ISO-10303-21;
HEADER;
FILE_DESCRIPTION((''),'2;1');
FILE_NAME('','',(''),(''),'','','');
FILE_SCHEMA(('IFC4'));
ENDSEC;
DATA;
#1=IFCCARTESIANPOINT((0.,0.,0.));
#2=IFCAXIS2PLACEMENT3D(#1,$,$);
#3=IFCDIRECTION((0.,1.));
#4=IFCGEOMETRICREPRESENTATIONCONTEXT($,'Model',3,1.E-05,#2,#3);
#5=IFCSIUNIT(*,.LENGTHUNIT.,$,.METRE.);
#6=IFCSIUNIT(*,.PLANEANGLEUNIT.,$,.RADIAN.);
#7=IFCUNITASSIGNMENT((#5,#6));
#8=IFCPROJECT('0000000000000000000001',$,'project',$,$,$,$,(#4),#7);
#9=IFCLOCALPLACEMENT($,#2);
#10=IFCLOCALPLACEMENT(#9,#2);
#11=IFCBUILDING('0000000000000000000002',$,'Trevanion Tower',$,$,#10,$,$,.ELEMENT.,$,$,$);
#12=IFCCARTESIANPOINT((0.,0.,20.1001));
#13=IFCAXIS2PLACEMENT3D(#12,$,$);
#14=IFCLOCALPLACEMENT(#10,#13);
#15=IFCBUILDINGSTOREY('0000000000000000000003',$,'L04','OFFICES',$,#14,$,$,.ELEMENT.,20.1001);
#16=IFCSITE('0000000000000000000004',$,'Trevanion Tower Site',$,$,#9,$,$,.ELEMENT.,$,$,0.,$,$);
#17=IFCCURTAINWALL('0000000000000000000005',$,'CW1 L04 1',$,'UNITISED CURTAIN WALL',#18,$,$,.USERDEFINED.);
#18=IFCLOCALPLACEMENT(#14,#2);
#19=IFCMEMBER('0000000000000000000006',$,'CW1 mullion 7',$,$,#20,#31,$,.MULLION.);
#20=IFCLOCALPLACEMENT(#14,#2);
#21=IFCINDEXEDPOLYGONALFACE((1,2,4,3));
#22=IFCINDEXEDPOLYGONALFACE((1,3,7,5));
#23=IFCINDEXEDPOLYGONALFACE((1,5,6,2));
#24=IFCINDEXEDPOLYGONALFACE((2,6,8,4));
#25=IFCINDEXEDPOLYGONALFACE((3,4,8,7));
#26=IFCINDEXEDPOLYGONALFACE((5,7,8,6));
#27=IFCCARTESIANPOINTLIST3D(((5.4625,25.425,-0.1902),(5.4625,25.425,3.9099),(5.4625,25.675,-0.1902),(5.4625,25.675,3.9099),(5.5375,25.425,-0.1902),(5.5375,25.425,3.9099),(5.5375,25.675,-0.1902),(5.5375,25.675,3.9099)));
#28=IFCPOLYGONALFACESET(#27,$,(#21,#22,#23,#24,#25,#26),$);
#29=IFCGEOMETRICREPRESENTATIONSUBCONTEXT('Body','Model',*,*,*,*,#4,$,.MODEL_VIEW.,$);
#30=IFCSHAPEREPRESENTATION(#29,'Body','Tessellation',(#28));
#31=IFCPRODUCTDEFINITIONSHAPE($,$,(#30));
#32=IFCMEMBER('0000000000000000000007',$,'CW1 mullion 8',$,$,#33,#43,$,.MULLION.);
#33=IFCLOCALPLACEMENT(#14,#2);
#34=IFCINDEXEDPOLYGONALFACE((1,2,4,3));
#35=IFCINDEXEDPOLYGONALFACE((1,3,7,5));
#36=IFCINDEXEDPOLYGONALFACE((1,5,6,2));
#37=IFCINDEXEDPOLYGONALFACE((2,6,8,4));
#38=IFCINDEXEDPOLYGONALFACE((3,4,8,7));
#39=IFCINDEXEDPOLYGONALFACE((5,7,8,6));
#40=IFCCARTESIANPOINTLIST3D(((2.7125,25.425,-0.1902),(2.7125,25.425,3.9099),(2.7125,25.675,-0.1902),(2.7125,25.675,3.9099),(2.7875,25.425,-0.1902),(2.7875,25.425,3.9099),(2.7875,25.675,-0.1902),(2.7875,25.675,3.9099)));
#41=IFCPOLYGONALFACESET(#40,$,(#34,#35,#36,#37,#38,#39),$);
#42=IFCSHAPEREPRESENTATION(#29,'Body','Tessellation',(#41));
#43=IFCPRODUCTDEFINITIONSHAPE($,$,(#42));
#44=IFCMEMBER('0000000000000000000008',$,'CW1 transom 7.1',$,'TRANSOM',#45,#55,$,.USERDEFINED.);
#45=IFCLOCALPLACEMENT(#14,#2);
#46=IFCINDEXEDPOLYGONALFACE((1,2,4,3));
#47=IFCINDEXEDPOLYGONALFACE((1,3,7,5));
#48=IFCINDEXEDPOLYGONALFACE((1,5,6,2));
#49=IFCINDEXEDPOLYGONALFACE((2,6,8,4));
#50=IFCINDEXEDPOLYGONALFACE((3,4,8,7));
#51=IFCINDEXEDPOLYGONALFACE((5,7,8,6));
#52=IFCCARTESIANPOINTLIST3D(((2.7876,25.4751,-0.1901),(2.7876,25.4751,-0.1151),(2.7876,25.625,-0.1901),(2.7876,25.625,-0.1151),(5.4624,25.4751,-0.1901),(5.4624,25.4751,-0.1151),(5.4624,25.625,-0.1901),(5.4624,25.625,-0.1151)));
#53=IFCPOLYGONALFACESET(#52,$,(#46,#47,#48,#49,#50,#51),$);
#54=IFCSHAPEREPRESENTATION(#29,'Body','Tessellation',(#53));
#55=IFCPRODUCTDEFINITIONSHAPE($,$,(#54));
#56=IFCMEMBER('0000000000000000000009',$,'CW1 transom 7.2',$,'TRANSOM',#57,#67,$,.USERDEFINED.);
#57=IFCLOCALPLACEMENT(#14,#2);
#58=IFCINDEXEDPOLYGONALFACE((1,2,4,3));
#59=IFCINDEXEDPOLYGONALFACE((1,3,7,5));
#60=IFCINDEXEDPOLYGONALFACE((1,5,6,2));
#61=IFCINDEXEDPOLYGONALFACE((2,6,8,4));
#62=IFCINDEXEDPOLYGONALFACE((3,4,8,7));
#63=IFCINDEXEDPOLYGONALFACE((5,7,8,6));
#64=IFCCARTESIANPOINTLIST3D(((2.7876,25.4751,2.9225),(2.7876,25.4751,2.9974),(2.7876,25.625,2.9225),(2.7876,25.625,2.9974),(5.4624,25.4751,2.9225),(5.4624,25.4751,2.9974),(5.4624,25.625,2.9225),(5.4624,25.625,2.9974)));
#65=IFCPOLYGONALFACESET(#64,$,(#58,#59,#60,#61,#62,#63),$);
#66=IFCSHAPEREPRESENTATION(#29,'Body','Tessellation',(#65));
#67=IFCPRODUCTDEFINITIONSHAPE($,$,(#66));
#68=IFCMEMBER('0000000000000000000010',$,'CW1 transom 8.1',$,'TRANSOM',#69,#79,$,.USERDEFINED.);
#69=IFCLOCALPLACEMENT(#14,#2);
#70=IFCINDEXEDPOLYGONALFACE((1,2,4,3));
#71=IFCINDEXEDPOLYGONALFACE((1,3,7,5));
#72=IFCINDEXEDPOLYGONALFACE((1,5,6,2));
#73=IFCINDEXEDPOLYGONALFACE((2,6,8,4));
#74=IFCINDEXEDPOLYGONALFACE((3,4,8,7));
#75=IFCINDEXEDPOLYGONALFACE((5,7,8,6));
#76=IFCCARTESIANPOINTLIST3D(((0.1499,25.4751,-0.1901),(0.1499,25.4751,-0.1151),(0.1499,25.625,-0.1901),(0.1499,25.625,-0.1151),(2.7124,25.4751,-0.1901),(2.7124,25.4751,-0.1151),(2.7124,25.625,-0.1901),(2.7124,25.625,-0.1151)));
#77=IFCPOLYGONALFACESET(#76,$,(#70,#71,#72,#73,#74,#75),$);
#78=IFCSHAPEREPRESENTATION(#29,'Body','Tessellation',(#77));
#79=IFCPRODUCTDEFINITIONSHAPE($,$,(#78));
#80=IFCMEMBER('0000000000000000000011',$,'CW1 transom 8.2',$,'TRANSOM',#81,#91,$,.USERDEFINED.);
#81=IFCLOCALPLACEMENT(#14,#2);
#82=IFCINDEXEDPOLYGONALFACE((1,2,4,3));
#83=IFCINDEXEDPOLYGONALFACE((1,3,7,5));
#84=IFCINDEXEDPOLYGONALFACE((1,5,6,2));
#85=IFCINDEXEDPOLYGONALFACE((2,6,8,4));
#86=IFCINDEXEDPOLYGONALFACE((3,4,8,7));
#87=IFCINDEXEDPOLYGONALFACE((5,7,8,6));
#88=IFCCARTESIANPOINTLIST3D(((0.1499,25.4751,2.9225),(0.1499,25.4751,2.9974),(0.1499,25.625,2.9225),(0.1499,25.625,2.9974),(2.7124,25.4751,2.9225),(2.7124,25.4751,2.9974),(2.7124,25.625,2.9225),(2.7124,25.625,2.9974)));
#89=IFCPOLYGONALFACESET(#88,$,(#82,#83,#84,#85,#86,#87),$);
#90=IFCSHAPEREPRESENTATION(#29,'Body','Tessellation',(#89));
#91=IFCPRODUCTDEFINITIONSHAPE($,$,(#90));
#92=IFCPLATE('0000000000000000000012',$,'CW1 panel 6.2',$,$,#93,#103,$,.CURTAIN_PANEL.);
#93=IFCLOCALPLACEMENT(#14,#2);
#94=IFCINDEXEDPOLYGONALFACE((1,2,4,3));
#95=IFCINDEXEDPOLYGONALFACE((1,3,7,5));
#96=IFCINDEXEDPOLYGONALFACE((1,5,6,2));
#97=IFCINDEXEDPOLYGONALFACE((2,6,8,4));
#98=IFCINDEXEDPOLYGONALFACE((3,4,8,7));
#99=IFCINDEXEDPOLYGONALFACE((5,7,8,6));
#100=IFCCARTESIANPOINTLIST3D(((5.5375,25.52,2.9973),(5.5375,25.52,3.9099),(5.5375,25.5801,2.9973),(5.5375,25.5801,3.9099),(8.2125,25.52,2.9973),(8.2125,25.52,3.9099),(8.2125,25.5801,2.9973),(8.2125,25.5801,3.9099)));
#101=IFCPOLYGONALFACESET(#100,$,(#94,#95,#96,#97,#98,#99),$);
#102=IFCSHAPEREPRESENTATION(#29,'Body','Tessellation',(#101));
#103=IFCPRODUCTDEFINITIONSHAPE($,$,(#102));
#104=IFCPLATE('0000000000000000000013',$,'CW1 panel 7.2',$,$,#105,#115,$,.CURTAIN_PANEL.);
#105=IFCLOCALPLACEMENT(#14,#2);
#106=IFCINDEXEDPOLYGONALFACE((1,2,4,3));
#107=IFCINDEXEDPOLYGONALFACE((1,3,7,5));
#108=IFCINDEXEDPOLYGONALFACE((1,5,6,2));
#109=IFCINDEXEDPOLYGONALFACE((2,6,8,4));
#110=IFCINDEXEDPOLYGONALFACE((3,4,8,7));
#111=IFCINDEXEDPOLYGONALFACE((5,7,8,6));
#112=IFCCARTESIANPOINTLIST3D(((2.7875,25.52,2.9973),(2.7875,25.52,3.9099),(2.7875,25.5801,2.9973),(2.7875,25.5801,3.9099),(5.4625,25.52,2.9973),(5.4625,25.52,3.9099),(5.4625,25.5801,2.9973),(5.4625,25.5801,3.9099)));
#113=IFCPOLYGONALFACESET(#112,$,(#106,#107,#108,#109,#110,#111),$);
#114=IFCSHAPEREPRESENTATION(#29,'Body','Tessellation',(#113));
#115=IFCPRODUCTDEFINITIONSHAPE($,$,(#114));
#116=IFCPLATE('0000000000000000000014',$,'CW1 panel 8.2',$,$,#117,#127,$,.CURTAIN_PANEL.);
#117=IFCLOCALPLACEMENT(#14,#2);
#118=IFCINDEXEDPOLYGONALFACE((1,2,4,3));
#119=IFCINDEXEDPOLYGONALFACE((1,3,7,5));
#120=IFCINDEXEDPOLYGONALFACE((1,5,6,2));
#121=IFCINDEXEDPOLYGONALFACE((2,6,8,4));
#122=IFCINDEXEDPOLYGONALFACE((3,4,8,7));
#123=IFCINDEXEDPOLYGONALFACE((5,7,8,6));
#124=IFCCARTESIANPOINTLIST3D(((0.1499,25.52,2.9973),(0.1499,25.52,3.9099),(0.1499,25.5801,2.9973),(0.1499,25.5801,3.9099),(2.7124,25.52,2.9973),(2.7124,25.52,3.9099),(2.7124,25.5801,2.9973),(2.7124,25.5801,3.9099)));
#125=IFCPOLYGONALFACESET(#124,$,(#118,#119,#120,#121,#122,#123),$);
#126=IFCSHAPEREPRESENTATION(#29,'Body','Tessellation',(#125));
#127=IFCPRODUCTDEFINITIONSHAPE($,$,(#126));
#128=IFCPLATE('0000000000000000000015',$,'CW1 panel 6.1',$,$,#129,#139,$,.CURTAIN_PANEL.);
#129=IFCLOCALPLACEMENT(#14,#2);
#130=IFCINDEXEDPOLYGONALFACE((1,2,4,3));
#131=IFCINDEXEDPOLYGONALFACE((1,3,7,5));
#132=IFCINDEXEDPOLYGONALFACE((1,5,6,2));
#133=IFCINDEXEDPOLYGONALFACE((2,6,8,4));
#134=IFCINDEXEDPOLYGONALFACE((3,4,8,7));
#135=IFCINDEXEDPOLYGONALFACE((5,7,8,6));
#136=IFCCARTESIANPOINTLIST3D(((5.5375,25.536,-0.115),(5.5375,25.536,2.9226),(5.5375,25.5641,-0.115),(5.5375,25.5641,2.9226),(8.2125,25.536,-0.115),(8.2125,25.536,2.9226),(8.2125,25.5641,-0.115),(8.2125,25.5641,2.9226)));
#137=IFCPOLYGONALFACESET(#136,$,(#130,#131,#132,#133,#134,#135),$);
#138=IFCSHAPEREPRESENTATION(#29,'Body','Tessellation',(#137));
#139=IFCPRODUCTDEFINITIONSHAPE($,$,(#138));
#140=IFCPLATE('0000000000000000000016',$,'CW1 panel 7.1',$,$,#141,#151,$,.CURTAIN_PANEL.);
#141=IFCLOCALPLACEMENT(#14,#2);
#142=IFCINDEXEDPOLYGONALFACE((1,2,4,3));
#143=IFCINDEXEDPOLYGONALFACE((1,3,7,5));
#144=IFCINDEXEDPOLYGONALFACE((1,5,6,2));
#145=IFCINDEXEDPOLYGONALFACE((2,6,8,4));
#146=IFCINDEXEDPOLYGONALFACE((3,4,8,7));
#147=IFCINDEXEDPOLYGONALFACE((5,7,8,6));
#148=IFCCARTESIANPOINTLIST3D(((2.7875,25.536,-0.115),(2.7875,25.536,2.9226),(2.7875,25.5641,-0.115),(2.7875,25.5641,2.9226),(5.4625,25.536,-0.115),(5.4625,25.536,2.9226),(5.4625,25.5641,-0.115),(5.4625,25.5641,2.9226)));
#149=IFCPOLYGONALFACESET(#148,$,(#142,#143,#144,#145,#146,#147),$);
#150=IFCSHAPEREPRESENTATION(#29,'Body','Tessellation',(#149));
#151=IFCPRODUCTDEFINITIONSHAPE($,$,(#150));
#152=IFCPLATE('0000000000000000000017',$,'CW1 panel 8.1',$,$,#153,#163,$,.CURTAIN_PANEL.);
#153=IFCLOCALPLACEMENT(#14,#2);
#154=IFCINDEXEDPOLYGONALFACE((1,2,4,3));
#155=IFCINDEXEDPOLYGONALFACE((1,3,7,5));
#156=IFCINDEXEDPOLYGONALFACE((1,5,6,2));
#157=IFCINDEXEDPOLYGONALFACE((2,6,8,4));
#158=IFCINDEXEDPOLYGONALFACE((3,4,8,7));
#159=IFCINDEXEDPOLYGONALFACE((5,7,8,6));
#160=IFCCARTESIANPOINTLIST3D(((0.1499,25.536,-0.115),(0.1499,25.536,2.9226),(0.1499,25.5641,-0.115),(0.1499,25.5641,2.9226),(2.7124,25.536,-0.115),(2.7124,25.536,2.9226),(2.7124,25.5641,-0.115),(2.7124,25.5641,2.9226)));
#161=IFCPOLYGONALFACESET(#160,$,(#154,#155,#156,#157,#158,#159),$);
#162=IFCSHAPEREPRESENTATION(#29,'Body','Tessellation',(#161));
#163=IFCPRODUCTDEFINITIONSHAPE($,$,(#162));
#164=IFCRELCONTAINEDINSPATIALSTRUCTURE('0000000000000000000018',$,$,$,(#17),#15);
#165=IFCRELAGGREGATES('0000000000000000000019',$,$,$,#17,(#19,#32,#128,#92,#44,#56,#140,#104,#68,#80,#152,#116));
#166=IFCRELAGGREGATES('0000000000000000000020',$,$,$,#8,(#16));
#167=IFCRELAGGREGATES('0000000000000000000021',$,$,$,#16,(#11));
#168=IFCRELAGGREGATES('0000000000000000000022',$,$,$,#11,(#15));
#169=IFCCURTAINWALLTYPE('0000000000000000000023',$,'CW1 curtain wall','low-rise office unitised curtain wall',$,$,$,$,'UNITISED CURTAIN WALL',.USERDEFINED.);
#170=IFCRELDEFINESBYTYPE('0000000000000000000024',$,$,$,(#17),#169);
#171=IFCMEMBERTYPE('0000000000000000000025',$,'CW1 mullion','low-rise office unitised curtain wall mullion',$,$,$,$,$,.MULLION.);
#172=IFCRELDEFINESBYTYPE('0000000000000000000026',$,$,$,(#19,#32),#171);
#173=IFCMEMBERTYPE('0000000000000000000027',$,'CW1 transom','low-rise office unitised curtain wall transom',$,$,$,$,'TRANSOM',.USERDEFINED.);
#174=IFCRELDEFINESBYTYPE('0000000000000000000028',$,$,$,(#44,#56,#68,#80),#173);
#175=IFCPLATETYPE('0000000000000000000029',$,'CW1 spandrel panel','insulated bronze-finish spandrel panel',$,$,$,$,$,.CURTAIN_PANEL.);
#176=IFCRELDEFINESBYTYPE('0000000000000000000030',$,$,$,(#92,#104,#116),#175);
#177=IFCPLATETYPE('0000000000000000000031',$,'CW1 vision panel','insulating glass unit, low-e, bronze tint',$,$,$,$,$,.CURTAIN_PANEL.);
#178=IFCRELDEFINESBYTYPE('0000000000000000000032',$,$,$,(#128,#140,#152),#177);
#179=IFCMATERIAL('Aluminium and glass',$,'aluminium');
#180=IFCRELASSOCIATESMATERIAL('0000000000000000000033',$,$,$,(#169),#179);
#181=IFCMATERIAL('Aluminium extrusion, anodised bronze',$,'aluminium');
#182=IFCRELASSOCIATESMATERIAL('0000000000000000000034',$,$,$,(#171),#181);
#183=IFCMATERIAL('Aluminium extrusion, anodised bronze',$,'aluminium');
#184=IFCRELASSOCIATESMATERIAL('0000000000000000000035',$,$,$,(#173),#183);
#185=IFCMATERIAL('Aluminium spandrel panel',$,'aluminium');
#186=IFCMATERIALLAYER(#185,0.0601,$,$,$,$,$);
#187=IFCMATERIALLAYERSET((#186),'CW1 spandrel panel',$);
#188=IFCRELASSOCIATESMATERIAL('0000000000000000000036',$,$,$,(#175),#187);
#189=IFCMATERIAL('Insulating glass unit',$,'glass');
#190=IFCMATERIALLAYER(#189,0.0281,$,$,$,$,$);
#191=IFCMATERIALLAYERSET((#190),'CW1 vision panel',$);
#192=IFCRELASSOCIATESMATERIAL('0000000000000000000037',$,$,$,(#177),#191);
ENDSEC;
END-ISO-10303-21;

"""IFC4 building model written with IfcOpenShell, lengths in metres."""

from ifc_helpers import new_model, si_unit, direction, frame, origin, origin_2d, place, context, subcontext, project, spatial, rectangle, extrude, material, layer, layer_set, material_profile, profile_set, type_object, element, aggregate, save


model = new_model("IFC4")

# Units and contexts
model_context = context("Model", 3, precision=1e-05, world=origin(), true_north=direction((0.0, 1.0)))
body_context = subcontext(model_context, "Body", "Model", "MODEL_VIEW")
ifc_project = project(units=[si_unit("LENGTHUNIT", "METRE"), si_unit("PLANEANGLEUNIT", "RADIAN")], contexts=[model_context])

# Site, building, storey
site_placement = place(None, origin())
site = spatial("IfcSite", under=ifc_project, at=site_placement, Name="Trevanion Tower Site", CompositionType="ELEMENT", RefElevation=0.0)
building_placement = place(site_placement, origin())
building = spatial("IfcBuilding", under=site, at=building_placement, Name="Trevanion Tower", CompositionType="ELEMENT")
storey_placement = place(building_placement, frame((0.0, 0.0, 20.1001)))
storey = spatial("IfcBuildingStorey", under=building, at=storey_placement, Name="L04", Description="OFFICES", CompositionType="ELEMENT", Elevation=20.1001)

# Curtain wall, members, plates
ifc_material_1 = material(Name="Aluminium and glass", Category="aluminium")
curtain_wall_type = type_object("IfcCurtainWallType", Name="CW1 curtain wall", Description="low-rise office unitised curtain wall", ElementType="UNITISED CURTAIN WALL", PredefinedType="USERDEFINED", material=ifc_material_1)
curtain_wall_placement = place(storey_placement, origin())
curtain_wall = element("IfcCurtainWall", 1, at=curtain_wall_placement, inside=storey, type_object=curtain_wall_type, Name="CW1 L04 1", ObjectType="UNITISED CURTAIN WALL", PredefinedType="USERDEFINED")
ifc_material_2 = material(Name="Aluminium extrusion, anodised bronze", Category="aluminium")
ifc_material_profile_1 = material_profile(ifc_material_2, rectangle(XDim=0.075, YDim=0.25, at=origin_2d()), Name="CW1 mullion")
ifc_profile_set_1 = profile_set([ifc_material_profile_1], Name="Aluminium extrusion, anodised bronze")
member_type_1 = type_object("IfcMemberType", Name="CW1 mullion", Description="low-rise office unitised curtain wall mullion", PredefinedType="MULLION", material=ifc_profile_set_1)
member_1_placement = place(storey_placement, frame((5.5, 25.55, -0.1902), z_axis=(0.0, 0.0, 1.0), x_axis=(-1.0, 0.0, 0.0)))
member_1 = element("IfcMember", 2, at=member_1_placement, type_object=member_type_1, Name="CW1 mullion 7", PredefinedType="MULLION", context=body_context, shape_type="SweptSolid", body=[
    extrude(rectangle(XDim=0.075, YDim=0.25, at=origin_2d()), origin(), (0.0, 0.0, 1.0), 4.1001),
])
member_2_placement = place(storey_placement, frame((2.75, 25.55, -0.1902), z_axis=(0.0, 0.0, 1.0), x_axis=(-1.0, 0.0, 0.0)))
member_2 = element("IfcMember", 3, at=member_2_placement, type_object=member_type_1, Name="CW1 mullion 8", PredefinedType="MULLION", context=body_context, shape_type="SweptSolid", body=[
    extrude(rectangle(XDim=0.075, YDim=0.25, at=origin_2d()), origin(), (0.0, 0.0, 1.0), 4.1001),
])
ifc_material_3 = material(Name="Aluminium extrusion, anodised bronze", Category="aluminium")
ifc_material_profile_2 = material_profile(ifc_material_3, rectangle(XDim=0.1499, YDim=0.075, at=origin_2d()), Name="CW1 transom")
ifc_profile_set_2 = profile_set([ifc_material_profile_2], Name="Aluminium extrusion, anodised bronze")
member_type_2 = type_object("IfcMemberType", Name="CW1 transom", Description="low-rise office unitised curtain wall transom", ElementType="TRANSOM", PredefinedType="USERDEFINED", material=ifc_profile_set_2)
member_3_placement = place(storey_placement, frame((5.4624, 25.55, -0.1526), z_axis=(-1.0, 0.0, 0.0), x_axis=(0.0, -1.0, 0.0)))
member_3 = element("IfcMember", 4, at=member_3_placement, type_object=member_type_2, Name="CW1 transom 7.1", ObjectType="TRANSOM", PredefinedType="USERDEFINED", context=body_context, shape_type="SweptSolid", body=[
    extrude(rectangle(XDim=0.1499, YDim=0.075, at=origin_2d()), origin(), (0.0, 0.0, 1.0), 2.6748),
])
member_4_placement = place(storey_placement, frame((5.4624, 25.55, 2.96), z_axis=(-1.0, 0.0, 0.0), x_axis=(0.0, -1.0, 0.0)))
member_4 = element("IfcMember", 5, at=member_4_placement, type_object=member_type_2, Name="CW1 transom 7.2", ObjectType="TRANSOM", PredefinedType="USERDEFINED", context=body_context, shape_type="SweptSolid", body=[
    extrude(rectangle(XDim=0.1499, YDim=0.075, at=origin_2d()), origin(), (0.0, 0.0, 1.0), 2.6748),
])
member_5_placement = place(storey_placement, frame((2.7124, 25.55, -0.1526), z_axis=(-1.0, 0.0, 0.0), x_axis=(0.0, -1.0, 0.0)))
member_5 = element("IfcMember", 6, at=member_5_placement, type_object=member_type_2, Name="CW1 transom 8.1", ObjectType="TRANSOM", PredefinedType="USERDEFINED", context=body_context, shape_type="SweptSolid", body=[
    extrude(rectangle(XDim=0.1499, YDim=0.075, at=origin_2d()), origin(), (0.0, 0.0, 1.0), 2.5625),
])
member_6_placement = place(storey_placement, frame((2.7124, 25.55, 2.96), z_axis=(-1.0, 0.0, 0.0), x_axis=(0.0, -1.0, 0.0)))
member_6 = element("IfcMember", 7, at=member_6_placement, type_object=member_type_2, Name="CW1 transom 8.2", ObjectType="TRANSOM", PredefinedType="USERDEFINED", context=body_context, shape_type="SweptSolid", body=[
    extrude(rectangle(XDim=0.1499, YDim=0.075, at=origin_2d()), origin(), (0.0, 0.0, 1.0), 2.5625),
])
ifc_material_4 = material(Name="Aluminium spandrel panel", Category="aluminium")
ifc_layer_1 = layer(ifc_material_4, 0.0601)
ifc_layer_set_1 = layer_set([ifc_layer_1], Name="CW1 spandrel panel")
plate_type_1 = type_object("IfcPlateType", Name="CW1 spandrel panel", Description="insulated bronze-finish spandrel panel", PredefinedType="CURTAIN_PANEL", material=ifc_layer_set_1)
plate_1_placement = place(storey_placement, frame((6.875, 25.55, 2.9973), z_axis=(0.0, 0.0, 1.0), x_axis=(-1.0, 0.0, 0.0)))
plate_1 = element("IfcPlate", 8, at=plate_1_placement, type_object=plate_type_1, Name="CW1 panel 6.2", PredefinedType="CURTAIN_PANEL", context=body_context, shape_type="SweptSolid", body=[
    extrude(rectangle(XDim=2.675, YDim=0.0601, at=origin_2d()), origin(), (0.0, 0.0, 1.0), 0.9126),
])
plate_2_placement = place(storey_placement, frame((4.125, 25.55, 2.9973), z_axis=(0.0, 0.0, 1.0), x_axis=(-1.0, 0.0, 0.0)))
plate_2 = element("IfcPlate", 9, at=plate_2_placement, type_object=plate_type_1, Name="CW1 panel 7.2", PredefinedType="CURTAIN_PANEL", context=body_context, shape_type="SweptSolid", body=[
    extrude(rectangle(XDim=2.675, YDim=0.0601, at=origin_2d()), origin(), (0.0, 0.0, 1.0), 0.9126),
])
plate_3_placement = place(storey_placement, frame((1.4312, 25.55, 2.9973), z_axis=(0.0, 0.0, 1.0), x_axis=(-1.0, 0.0, 0.0)))
plate_3 = element("IfcPlate", 10, at=plate_3_placement, type_object=plate_type_1, Name="CW1 panel 8.2", PredefinedType="CURTAIN_PANEL", context=body_context, shape_type="SweptSolid", body=[
    extrude(rectangle(XDim=2.5625, YDim=0.0601, at=origin_2d()), origin(), (0.0, 0.0, 1.0), 0.9126),
])
ifc_material_5 = material(Name="Insulating glass unit", Category="glass")
ifc_layer_2 = layer(ifc_material_5, 0.0281)
ifc_layer_set_2 = layer_set([ifc_layer_2], Name="CW1 vision panel")
plate_type_2 = type_object("IfcPlateType", Name="CW1 vision panel", Description="insulating glass unit, low-e, bronze tint", PredefinedType="CURTAIN_PANEL", material=ifc_layer_set_2)
plate_4_placement = place(storey_placement, frame((6.875, 25.55, -0.115), z_axis=(0.0, 0.0, 1.0), x_axis=(-1.0, 0.0, 0.0)))
plate_4 = element("IfcPlate", 11, at=plate_4_placement, type_object=plate_type_2, Name="CW1 panel 6.1", PredefinedType="CURTAIN_PANEL", context=body_context, shape_type="SweptSolid", body=[
    extrude(rectangle(XDim=2.675, YDim=0.0281, at=origin_2d()), origin(), (0.0, 0.0, 1.0), 3.0376),
])
plate_5_placement = place(storey_placement, frame((4.125, 25.55, -0.115), z_axis=(0.0, 0.0, 1.0), x_axis=(-1.0, 0.0, 0.0)))
plate_5 = element("IfcPlate", 12, at=plate_5_placement, type_object=plate_type_2, Name="CW1 panel 7.1", PredefinedType="CURTAIN_PANEL", context=body_context, shape_type="SweptSolid", body=[
    extrude(rectangle(XDim=2.675, YDim=0.0281, at=origin_2d()), origin(), (0.0, 0.0, 1.0), 3.0376),
])
plate_6_placement = place(storey_placement, frame((1.4312, 25.55, -0.115), z_axis=(0.0, 0.0, 1.0), x_axis=(-1.0, 0.0, 0.0)))
plate_6 = element("IfcPlate", 13, at=plate_6_placement, type_object=plate_type_2, Name="CW1 panel 8.1", PredefinedType="CURTAIN_PANEL", context=body_context, shape_type="SweptSolid", body=[
    extrude(rectangle(XDim=2.5625, YDim=0.0281, at=origin_2d()), origin(), (0.0, 0.0, 1.0), 3.0376),
])
aggregate(curtain_wall, [member_1, member_2, plate_4, plate_1, member_3, member_4, plate_5, plate_2, member_5, member_6, plate_6, plate_3])

save(model, "model.ifc")
